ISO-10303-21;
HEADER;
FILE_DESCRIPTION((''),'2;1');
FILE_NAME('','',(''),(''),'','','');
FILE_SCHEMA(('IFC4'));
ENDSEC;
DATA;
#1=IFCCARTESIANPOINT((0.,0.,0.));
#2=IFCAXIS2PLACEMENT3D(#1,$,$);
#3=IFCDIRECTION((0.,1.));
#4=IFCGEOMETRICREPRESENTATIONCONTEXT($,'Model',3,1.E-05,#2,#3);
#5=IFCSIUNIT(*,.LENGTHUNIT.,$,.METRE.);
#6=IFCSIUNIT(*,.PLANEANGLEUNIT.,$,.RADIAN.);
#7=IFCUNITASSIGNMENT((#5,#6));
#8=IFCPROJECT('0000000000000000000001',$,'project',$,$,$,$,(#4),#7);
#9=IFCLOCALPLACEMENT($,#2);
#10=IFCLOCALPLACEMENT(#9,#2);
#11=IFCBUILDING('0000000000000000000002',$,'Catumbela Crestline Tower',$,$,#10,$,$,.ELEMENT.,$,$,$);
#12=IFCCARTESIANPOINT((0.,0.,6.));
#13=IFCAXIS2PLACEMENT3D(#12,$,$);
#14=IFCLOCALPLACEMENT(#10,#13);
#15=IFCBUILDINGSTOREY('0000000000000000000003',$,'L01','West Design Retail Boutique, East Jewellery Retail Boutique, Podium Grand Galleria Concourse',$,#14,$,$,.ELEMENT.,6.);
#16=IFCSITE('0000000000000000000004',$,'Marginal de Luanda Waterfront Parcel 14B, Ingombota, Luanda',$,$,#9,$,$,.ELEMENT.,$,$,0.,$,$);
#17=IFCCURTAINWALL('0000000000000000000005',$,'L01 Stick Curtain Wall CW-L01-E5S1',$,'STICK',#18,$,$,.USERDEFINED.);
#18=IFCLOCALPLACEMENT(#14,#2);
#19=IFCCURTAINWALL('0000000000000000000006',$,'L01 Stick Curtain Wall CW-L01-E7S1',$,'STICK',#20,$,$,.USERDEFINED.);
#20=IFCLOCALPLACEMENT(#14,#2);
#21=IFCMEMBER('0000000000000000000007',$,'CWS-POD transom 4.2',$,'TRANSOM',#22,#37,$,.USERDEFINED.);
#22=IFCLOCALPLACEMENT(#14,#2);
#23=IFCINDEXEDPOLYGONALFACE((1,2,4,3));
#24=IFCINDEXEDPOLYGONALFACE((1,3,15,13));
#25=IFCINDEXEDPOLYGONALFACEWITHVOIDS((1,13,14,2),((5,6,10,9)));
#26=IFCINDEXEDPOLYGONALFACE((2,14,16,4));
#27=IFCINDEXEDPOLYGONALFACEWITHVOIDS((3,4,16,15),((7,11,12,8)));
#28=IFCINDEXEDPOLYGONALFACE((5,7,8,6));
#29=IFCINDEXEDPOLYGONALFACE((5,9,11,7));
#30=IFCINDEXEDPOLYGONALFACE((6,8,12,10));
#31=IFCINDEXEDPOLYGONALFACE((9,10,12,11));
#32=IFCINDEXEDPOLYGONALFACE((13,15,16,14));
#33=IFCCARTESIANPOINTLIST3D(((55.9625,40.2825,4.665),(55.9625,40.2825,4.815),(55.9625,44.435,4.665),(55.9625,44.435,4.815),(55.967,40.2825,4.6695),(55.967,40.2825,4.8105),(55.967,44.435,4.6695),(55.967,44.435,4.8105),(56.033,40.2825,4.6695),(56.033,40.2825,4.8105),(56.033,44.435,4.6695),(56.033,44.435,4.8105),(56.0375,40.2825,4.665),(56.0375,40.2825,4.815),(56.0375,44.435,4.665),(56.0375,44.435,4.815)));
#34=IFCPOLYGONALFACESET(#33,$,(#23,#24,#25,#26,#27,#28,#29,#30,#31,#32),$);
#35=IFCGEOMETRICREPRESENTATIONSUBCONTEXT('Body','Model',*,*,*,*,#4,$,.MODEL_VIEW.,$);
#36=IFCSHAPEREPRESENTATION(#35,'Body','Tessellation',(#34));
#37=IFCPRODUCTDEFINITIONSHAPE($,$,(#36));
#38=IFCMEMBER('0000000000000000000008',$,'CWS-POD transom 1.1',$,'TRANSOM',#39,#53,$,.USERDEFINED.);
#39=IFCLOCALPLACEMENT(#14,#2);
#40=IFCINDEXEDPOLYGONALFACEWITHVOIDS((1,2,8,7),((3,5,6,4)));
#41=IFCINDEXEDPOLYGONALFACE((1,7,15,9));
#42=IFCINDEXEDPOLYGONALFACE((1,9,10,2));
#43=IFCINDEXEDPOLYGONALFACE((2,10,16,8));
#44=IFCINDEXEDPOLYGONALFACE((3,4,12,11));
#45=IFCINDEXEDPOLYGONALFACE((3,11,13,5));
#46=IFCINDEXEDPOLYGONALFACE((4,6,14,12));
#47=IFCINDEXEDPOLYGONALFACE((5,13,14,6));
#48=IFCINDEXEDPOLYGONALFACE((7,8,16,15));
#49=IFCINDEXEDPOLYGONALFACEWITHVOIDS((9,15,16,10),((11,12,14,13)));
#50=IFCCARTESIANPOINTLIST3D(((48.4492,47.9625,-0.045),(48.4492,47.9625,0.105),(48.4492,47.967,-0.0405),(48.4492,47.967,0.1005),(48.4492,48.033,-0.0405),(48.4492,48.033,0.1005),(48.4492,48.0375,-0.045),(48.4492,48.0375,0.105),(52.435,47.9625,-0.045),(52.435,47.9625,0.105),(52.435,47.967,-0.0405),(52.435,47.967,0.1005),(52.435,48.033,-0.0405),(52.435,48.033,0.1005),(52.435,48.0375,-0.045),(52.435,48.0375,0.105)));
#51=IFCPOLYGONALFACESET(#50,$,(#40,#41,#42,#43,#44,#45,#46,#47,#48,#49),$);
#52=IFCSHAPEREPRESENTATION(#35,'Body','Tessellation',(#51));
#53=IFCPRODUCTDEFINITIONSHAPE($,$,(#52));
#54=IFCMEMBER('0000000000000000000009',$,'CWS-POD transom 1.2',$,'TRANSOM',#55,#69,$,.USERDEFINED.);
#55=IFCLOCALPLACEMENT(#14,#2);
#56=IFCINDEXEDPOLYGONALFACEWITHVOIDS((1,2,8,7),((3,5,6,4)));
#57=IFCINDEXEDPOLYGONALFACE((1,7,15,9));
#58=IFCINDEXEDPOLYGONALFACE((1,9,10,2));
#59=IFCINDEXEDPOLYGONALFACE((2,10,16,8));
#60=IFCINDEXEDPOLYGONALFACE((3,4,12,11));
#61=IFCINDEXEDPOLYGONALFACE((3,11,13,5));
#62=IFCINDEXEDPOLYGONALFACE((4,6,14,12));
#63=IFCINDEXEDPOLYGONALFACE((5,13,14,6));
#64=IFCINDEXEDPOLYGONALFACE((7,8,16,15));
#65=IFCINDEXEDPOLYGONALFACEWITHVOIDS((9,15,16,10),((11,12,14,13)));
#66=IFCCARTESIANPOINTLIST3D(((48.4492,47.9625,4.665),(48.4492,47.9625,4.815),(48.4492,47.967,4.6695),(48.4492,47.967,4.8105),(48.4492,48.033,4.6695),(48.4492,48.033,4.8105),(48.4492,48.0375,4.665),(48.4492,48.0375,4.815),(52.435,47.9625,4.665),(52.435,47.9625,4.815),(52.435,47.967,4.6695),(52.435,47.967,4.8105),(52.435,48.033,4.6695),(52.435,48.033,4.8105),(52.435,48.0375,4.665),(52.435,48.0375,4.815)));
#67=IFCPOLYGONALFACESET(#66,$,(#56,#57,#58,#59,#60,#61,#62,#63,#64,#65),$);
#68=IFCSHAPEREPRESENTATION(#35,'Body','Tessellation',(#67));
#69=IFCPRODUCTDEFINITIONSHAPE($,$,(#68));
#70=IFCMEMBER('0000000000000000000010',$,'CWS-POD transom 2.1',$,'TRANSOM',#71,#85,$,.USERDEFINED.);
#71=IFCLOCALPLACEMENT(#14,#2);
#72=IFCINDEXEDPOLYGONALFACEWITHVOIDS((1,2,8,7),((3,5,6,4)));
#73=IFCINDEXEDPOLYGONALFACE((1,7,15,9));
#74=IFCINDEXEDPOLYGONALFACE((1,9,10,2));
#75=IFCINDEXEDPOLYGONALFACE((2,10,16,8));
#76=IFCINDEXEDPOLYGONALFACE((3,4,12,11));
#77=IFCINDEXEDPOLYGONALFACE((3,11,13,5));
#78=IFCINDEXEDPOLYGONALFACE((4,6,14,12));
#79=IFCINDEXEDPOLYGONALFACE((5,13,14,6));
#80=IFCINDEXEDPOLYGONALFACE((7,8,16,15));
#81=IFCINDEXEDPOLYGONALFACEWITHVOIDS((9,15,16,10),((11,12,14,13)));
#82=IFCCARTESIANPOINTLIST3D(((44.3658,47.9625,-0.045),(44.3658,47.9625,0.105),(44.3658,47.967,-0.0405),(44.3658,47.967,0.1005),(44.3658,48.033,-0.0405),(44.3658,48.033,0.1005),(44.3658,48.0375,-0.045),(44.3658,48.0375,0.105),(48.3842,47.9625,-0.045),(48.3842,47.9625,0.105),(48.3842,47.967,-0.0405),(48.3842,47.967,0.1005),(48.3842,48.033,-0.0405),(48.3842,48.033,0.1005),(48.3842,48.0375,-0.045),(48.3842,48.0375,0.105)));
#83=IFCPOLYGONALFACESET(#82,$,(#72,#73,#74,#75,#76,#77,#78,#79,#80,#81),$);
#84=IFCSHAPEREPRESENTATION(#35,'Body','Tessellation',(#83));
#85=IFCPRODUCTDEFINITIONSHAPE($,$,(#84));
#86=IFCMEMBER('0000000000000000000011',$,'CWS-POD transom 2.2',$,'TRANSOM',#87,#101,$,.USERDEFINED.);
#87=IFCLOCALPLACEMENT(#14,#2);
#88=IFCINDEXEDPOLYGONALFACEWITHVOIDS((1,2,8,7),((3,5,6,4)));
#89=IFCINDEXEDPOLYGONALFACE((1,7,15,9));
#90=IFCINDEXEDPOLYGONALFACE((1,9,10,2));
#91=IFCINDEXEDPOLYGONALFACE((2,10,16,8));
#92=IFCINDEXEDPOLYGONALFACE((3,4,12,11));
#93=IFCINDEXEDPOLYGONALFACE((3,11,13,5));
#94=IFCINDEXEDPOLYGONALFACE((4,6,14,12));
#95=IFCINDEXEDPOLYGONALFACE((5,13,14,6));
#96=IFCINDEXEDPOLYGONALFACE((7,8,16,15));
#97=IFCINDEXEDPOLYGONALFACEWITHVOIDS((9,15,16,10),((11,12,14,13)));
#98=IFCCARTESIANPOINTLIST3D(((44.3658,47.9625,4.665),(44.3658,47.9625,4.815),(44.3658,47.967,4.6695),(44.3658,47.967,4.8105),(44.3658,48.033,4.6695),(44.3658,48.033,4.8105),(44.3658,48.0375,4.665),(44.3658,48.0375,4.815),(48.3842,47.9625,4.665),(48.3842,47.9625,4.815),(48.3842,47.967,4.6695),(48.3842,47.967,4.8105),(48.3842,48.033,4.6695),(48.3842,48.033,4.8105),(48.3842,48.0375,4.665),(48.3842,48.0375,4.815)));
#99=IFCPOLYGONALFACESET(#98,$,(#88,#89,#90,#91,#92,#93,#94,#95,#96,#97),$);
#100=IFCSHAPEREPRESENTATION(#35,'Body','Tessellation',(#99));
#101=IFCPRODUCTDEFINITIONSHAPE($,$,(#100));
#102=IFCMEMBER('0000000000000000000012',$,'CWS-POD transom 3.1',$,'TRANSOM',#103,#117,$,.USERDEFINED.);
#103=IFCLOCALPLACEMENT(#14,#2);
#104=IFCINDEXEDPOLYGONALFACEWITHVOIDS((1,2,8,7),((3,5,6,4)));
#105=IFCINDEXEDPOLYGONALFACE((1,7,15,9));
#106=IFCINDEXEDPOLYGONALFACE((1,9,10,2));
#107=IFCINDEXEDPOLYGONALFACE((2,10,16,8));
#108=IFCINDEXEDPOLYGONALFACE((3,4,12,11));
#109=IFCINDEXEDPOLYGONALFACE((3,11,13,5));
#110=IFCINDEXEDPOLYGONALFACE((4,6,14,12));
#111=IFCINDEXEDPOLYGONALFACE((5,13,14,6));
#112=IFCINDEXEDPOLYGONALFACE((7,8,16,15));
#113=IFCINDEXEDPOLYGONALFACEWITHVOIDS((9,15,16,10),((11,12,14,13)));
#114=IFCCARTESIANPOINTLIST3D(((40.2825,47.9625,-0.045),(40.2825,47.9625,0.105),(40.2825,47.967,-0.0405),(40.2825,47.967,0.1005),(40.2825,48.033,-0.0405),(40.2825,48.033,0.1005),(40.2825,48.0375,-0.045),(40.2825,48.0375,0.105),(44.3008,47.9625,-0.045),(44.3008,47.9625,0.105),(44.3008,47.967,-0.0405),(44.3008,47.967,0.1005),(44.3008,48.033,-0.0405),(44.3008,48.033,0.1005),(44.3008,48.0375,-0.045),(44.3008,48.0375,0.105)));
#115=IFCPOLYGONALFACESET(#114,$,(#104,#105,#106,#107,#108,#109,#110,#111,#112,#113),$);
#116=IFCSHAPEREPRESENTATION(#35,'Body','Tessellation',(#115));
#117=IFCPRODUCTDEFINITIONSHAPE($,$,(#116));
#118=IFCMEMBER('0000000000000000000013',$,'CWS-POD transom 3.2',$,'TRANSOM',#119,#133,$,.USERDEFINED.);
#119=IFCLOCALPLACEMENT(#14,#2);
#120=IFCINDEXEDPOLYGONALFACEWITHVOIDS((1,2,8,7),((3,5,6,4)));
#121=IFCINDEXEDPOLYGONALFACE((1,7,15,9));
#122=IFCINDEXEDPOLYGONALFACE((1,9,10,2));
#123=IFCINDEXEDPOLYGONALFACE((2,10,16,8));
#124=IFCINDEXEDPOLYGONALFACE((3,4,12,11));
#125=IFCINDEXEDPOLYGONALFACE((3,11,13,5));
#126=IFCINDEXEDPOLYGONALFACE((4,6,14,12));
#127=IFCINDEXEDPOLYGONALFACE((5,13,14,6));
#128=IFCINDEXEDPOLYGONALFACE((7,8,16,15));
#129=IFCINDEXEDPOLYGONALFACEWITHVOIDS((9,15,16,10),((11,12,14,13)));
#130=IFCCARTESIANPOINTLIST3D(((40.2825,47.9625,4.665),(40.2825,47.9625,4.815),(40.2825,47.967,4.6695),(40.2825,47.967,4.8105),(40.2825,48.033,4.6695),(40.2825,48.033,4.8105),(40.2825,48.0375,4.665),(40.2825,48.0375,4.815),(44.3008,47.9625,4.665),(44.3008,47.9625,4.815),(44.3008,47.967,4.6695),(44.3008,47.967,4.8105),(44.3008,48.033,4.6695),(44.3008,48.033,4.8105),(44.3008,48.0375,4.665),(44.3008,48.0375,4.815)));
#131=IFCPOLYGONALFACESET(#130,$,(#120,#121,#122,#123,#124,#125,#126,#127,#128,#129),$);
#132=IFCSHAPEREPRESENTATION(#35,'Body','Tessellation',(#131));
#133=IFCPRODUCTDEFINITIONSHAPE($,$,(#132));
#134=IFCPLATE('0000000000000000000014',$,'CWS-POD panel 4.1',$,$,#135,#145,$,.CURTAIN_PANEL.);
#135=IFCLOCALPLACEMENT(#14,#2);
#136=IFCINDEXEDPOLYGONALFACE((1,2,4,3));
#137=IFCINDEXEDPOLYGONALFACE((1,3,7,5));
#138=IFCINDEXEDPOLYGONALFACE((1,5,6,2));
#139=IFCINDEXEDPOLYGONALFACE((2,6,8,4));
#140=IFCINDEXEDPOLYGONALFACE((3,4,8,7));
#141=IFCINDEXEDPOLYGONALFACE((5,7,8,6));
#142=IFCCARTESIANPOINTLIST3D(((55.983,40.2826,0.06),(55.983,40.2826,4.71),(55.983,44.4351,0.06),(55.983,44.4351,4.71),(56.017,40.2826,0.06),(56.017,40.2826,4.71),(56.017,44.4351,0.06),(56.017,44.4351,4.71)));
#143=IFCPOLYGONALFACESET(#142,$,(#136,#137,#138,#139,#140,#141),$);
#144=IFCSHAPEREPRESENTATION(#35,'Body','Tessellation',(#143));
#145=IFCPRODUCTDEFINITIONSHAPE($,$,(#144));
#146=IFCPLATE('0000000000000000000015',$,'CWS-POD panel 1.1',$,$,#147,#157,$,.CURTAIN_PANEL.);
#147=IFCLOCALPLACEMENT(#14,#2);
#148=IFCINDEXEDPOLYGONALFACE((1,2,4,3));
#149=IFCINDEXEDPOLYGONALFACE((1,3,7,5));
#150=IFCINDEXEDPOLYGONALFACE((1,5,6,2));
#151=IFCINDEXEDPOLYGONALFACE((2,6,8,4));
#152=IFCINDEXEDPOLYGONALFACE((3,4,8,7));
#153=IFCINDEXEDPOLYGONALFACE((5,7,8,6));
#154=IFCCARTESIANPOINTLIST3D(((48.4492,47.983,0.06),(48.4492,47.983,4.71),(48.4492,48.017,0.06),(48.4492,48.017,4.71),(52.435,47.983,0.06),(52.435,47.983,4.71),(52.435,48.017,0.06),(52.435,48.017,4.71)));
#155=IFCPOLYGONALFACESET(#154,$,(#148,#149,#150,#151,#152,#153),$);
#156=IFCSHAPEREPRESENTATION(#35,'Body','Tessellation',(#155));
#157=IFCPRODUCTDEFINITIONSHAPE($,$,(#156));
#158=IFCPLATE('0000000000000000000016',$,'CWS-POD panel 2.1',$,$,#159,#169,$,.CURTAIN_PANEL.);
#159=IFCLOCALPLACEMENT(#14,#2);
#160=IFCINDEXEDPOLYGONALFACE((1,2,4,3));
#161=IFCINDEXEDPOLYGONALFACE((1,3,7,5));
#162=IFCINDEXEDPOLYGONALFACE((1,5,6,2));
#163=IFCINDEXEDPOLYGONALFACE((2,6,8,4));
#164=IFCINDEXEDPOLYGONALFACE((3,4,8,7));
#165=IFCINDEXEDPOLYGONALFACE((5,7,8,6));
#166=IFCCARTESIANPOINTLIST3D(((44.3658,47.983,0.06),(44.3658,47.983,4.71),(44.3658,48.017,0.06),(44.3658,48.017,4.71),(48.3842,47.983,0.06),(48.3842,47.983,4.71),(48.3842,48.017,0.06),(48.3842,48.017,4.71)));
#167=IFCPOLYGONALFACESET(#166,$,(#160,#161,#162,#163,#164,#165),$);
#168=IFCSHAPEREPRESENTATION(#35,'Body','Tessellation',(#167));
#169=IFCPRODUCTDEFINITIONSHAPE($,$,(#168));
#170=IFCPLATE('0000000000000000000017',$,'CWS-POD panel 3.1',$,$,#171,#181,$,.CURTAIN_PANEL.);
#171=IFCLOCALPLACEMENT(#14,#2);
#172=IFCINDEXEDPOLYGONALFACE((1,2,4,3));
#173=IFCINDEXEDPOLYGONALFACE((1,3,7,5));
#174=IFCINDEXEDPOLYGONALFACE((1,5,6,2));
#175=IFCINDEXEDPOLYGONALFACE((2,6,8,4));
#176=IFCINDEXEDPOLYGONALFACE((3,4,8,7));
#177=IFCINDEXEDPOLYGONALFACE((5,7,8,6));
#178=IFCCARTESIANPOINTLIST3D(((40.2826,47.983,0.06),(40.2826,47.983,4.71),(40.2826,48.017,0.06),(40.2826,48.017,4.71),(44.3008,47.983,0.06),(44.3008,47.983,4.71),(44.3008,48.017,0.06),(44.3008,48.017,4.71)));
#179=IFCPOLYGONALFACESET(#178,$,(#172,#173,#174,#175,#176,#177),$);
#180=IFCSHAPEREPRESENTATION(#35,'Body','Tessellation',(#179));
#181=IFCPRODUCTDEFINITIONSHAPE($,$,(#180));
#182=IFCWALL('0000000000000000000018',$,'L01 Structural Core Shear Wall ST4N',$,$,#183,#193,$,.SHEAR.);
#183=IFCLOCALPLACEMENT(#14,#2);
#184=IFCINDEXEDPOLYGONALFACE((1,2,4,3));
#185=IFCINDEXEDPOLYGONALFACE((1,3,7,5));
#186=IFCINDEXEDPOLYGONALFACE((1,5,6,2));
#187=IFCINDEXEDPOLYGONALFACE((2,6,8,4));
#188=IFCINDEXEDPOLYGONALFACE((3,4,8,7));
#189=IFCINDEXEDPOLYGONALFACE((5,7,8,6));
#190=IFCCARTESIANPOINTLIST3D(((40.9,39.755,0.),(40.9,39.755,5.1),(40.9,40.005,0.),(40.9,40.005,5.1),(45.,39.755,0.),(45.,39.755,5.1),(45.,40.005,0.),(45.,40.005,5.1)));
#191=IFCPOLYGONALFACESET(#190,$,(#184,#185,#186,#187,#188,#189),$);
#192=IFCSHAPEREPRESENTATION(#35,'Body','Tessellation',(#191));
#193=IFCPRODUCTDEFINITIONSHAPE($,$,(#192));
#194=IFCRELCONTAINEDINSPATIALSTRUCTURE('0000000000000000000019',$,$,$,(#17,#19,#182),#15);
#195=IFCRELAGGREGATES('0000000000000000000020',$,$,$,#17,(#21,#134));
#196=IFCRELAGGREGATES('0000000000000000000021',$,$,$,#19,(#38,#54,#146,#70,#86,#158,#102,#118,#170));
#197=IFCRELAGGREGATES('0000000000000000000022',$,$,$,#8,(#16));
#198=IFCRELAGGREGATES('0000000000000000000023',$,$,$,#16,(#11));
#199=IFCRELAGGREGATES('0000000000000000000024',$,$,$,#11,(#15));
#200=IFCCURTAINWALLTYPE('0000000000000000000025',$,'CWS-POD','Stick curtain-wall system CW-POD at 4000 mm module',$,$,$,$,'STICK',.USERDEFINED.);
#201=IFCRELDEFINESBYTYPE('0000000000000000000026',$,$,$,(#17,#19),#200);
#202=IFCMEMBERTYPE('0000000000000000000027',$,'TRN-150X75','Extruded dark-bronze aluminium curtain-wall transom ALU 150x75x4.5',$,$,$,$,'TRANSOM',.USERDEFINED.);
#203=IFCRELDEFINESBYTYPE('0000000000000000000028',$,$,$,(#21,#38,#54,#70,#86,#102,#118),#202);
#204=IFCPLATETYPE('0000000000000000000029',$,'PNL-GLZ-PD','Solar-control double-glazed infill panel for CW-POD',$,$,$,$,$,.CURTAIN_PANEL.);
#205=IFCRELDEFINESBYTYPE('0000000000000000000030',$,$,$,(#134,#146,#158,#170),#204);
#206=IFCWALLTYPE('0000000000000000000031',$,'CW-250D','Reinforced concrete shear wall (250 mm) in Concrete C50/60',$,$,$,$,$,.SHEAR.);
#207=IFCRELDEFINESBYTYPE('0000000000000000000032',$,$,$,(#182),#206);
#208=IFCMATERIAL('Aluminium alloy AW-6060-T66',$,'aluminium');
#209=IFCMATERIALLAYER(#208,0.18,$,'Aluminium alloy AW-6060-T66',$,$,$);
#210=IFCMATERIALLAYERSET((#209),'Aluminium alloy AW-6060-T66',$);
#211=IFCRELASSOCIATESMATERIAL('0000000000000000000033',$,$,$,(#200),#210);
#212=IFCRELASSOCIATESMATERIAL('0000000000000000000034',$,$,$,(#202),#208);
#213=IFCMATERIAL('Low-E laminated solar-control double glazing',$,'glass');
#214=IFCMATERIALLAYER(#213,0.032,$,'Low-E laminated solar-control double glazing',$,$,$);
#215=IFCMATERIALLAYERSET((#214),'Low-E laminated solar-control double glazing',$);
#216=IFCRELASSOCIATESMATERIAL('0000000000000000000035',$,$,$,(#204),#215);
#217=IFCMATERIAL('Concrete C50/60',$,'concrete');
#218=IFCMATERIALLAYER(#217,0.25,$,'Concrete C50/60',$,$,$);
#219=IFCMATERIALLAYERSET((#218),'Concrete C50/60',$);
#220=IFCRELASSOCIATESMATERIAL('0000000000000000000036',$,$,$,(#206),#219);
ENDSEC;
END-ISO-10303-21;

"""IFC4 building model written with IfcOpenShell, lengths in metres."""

from ifc_helpers import new_model, si_unit, direction, frame, frame_2d, origin, origin_2d, place, context, subcontext, project, spatial, rectangle, hollow_rectangle, extrude, material, layer, layer_set, material_profile, profile_set, type_object, element, aggregate, save


model = new_model("IFC4")

# Units and contexts
model_context = context("Model", 3, precision=1e-05, world=origin(), true_north=direction((0.0, 1.0)))
body_context = subcontext(model_context, "Body", "Model", "MODEL_VIEW")
ifc_project = project(units=[si_unit("LENGTHUNIT", "METRE"), si_unit("PLANEANGLEUNIT", "RADIAN")], contexts=[model_context])

# Site, building, storey
site_placement = place(None, origin())
site = spatial("IfcSite", under=ifc_project, at=site_placement, Name="Marginal de Luanda Waterfront Parcel 14B, Ingombota, Luanda", CompositionType="ELEMENT", RefElevation=0.0)
building_placement = place(site_placement, origin())
building = spatial("IfcBuilding", under=site, at=building_placement, Name="Catumbela Crestline Tower", CompositionType="ELEMENT")
storey_placement = place(building_placement, frame((0.0, 0.0, 6.0)))
storey = spatial("IfcBuildingStorey", under=building, at=storey_placement, Name="L01", Description="West Design Retail Boutique, East Jewellery Retail Boutique, Podium Grand Galleria Concourse", CompositionType="ELEMENT", Elevation=6.0)

# Curtain walls
ifc_material_1 = material(Name="Aluminium alloy AW-6060-T66", Category="aluminium")
ifc_layer_1 = layer(ifc_material_1, 0.18, Name="Aluminium alloy AW-6060-T66")
ifc_layer_set_1 = layer_set([ifc_layer_1], Name="Aluminium alloy AW-6060-T66")
curtain_wall_type = type_object("IfcCurtainWallType", Name="CWS-POD", Description="Stick curtain-wall system CW-POD at 4000 mm module", ElementType="STICK", PredefinedType="USERDEFINED", material=ifc_layer_set_1)
curtain_wall_1_placement = place(storey_placement, origin())
curtain_wall_1 = element("IfcCurtainWall", 1, at=curtain_wall_1_placement, inside=storey, type_object=curtain_wall_type, Name="L01 Stick Curtain Wall CW-L01-E5S1", ObjectType="STICK", PredefinedType="USERDEFINED")
curtain_wall_2_placement = place(storey_placement, origin())
curtain_wall_2 = element("IfcCurtainWall", 2, at=curtain_wall_2_placement, inside=storey, type_object=curtain_wall_type, Name="L01 Stick Curtain Wall CW-L01-E7S1", ObjectType="STICK", PredefinedType="USERDEFINED")

# Members
ifc_material_profile_1 = material_profile(ifc_material_1, hollow_rectangle(XDim=0.075, YDim=0.15, WallThickness=0.0045, at=origin_2d()), Name="ALU 150x75x4.5")
ifc_profile_set_1 = profile_set([ifc_material_profile_1], Name="Aluminium alloy AW-6060-T66")
member_type_1 = type_object("IfcMemberType", Name="TRN-150X75", Description="Extruded dark-bronze aluminium curtain-wall transom ALU 150x75x4.5", ElementType="TRANSOM", PredefinedType="USERDEFINED", material=ifc_profile_set_1)
member_1_placement = place(storey_placement, frame((56.0, 40.2825, 4.74), z_axis=(0.0, 1.0, 0.0), x_axis=(-1.0, 0.0, 0.0)))
member_1 = element("IfcMember", 3, at=member_1_placement, type_object=member_type_1, Name="CWS-POD transom 4.2", ObjectType="TRANSOM", PredefinedType="USERDEFINED", context=body_context, shape_type="SweptSolid", body=[
    extrude(hollow_rectangle(XDim=0.075, YDim=0.15, WallThickness=0.0045, at=origin_2d()), origin(), (0.0, 0.0, 1.0), 4.1525),
])
member_2_placement = place(storey_placement, frame((52.435, 48.0, 0.03), z_axis=(-1.0, 0.0, 0.0), x_axis=(0.0, -1.0, 0.0)))
member_2 = element("IfcMember", 4, at=member_2_placement, type_object=member_type_1, Name="CWS-POD transom 1.1", ObjectType="TRANSOM", PredefinedType="USERDEFINED", context=body_context, shape_type="SweptSolid", body=[
    extrude(hollow_rectangle(XDim=0.075, YDim=0.15, WallThickness=0.0045, at=origin_2d()), origin(), (0.0, 0.0, 1.0), 3.9858),
])
member_3_placement = place(storey_placement, frame((52.435, 48.0, 4.74), z_axis=(-1.0, 0.0, 0.0), x_axis=(0.0, -1.0, 0.0)))
member_3 = element("IfcMember", 5, at=member_3_placement, type_object=member_type_1, Name="CWS-POD transom 1.2", ObjectType="TRANSOM", PredefinedType="USERDEFINED", context=body_context, shape_type="SweptSolid", body=[
    extrude(hollow_rectangle(XDim=0.075, YDim=0.15, WallThickness=0.0045, at=origin_2d()), origin(), (0.0, 0.0, 1.0), 3.9858),
])
member_4_placement = place(storey_placement, frame((48.3842, 48.0, 0.03), z_axis=(-1.0, 0.0, 0.0), x_axis=(0.0, -1.0, 0.0)))
member_4 = element("IfcMember", 6, at=member_4_placement, type_object=member_type_1, Name="CWS-POD transom 2.1", ObjectType="TRANSOM", PredefinedType="USERDEFINED", context=body_context, shape_type="SweptSolid", body=[
    extrude(hollow_rectangle(XDim=0.075, YDim=0.15, WallThickness=0.0045, at=origin_2d()), origin(), (0.0, 0.0, 1.0), 4.0184),
])
member_5_placement = place(storey_placement, frame((48.3842, 48.0, 4.74), z_axis=(-1.0, 0.0, 0.0), x_axis=(0.0, -1.0, 0.0)))
member_5 = element("IfcMember", 7, at=member_5_placement, type_object=member_type_1, Name="CWS-POD transom 2.2", ObjectType="TRANSOM", PredefinedType="USERDEFINED", context=body_context, shape_type="SweptSolid", body=[
    extrude(hollow_rectangle(XDim=0.075, YDim=0.15, WallThickness=0.0045, at=origin_2d()), origin(), (0.0, 0.0, 1.0), 4.0184),
])
member_6_placement = place(storey_placement, frame((44.3008, 48.0, 0.03), z_axis=(-1.0, 0.0, 0.0), x_axis=(0.0, -1.0, 0.0)))
member_6 = element("IfcMember", 8, at=member_6_placement, type_object=member_type_1, Name="CWS-POD transom 3.1", ObjectType="TRANSOM", PredefinedType="USERDEFINED", context=body_context, shape_type="SweptSolid", body=[
    extrude(hollow_rectangle(XDim=0.075, YDim=0.15, WallThickness=0.0045, at=origin_2d()), origin(), (0.0, 0.0, 1.0), 4.0183),
])
member_7_placement = place(storey_placement, frame((44.3008, 48.0, 4.74), z_axis=(-1.0, 0.0, 0.0), x_axis=(0.0, -1.0, 0.0)))
member_7 = element("IfcMember", 9, at=member_7_placement, type_object=member_type_1, Name="CWS-POD transom 3.2", ObjectType="TRANSOM", PredefinedType="USERDEFINED", context=body_context, shape_type="SweptSolid", body=[
    extrude(hollow_rectangle(XDim=0.075, YDim=0.15, WallThickness=0.0045, at=origin_2d()), origin(), (0.0, 0.0, 1.0), 4.0183),
])

# Plates
ifc_material_2 = material(Name="Low-E laminated solar-control double glazing", Category="glass")
ifc_layer_2 = layer(ifc_material_2, 0.032, Name="Low-E laminated solar-control double glazing")
ifc_layer_set_2 = layer_set([ifc_layer_2], Name="Low-E laminated solar-control double glazing")
plate_type = type_object("IfcPlateType", Name="PNL-GLZ-PD", Description="Solar-control double-glazed infill panel for CW-POD", PredefinedType="CURTAIN_PANEL", material=ifc_layer_set_2)
plate_1_placement = place(storey_placement, frame((56.0, 42.3588, 0.06), z_axis=(0.0, 0.0, 1.0), x_axis=(0.0, 1.0, 0.0)))
plate_1 = element("IfcPlate", 10, at=plate_1_placement, type_object=plate_type, Name="CWS-POD panel 4.1", PredefinedType="CURTAIN_PANEL", context=body_context, shape_type="SweptSolid", body=[
    extrude(rectangle(XDim=4.1525, YDim=0.034, at=origin_2d()), origin(), (0.0, 0.0, 1.0), 4.65),
])
aggregate(curtain_wall_1, [member_1, plate_1])
plate_2_placement = place(storey_placement, frame((50.4421, 48.0, 0.06), z_axis=(0.0, 0.0, 1.0), x_axis=(-1.0, 0.0, 0.0)))
plate_2 = element("IfcPlate", 11, at=plate_2_placement, type_object=plate_type, Name="CWS-POD panel 1.1", PredefinedType="CURTAIN_PANEL", context=body_context, shape_type="SweptSolid", body=[
    extrude(rectangle(XDim=3.9858, YDim=0.034, at=origin_2d()), origin(), (0.0, 0.0, 1.0), 4.65),
])
plate_3_placement = place(storey_placement, frame((46.375, 48.0, 0.06), z_axis=(0.0, 0.0, 1.0), x_axis=(-1.0, 0.0, 0.0)))
plate_3 = element("IfcPlate", 12, at=plate_3_placement, type_object=plate_type, Name="CWS-POD panel 2.1", PredefinedType="CURTAIN_PANEL", context=body_context, shape_type="SweptSolid", body=[
    extrude(rectangle(XDim=4.0183, YDim=0.034, at=origin_2d()), origin(), (0.0, 0.0, 1.0), 4.65),
])
plate_4_placement = place(storey_placement, frame((42.2917, 48.0, 0.06), z_axis=(0.0, 0.0, 1.0), x_axis=(-1.0, 0.0, 0.0)))
plate_4 = element("IfcPlate", 13, at=plate_4_placement, type_object=plate_type, Name="CWS-POD panel 3.1", PredefinedType="CURTAIN_PANEL", context=body_context, shape_type="SweptSolid", body=[
    extrude(rectangle(XDim=4.0183, YDim=0.034, at=origin_2d()), origin(), (0.0, 0.0, 1.0), 4.65),
])
aggregate(curtain_wall_2, [member_2, member_3, plate_2, member_4, member_5, plate_3, member_6, member_7, plate_4])

# Wall
ifc_material_3 = material(Name="Concrete C50/60", Category="concrete")
ifc_layer_3 = layer(ifc_material_3, 0.25, Name="Concrete C50/60")
ifc_layer_set_3 = layer_set([ifc_layer_3], Name="Concrete C50/60")
wall_type_1 = type_object("IfcWallType", Name="CW-250D", Description="Reinforced concrete shear wall (250 mm) in Concrete C50/60", PredefinedType="SHEAR", material=ifc_layer_set_3)
wall_1_placement = place(storey_placement, frame((40.9, 39.88, 0.0), z_axis=(0.0, 0.0, 1.0), x_axis=(1.0, 0.0, 0.0)))
element("IfcWall", 14, at=wall_1_placement, inside=storey, type_object=wall_type_1, Name="L01 Structural Core Shear Wall ST4N", PredefinedType="SHEAR", context=body_context, shape_type="SweptSolid", body=[
    extrude(rectangle(XDim=4.1, YDim=0.25, at=frame_2d((2.05, 0.0))), origin(), (0.0, 0.0, 1.0), 5.1),
])

save(model, "model.ifc")
